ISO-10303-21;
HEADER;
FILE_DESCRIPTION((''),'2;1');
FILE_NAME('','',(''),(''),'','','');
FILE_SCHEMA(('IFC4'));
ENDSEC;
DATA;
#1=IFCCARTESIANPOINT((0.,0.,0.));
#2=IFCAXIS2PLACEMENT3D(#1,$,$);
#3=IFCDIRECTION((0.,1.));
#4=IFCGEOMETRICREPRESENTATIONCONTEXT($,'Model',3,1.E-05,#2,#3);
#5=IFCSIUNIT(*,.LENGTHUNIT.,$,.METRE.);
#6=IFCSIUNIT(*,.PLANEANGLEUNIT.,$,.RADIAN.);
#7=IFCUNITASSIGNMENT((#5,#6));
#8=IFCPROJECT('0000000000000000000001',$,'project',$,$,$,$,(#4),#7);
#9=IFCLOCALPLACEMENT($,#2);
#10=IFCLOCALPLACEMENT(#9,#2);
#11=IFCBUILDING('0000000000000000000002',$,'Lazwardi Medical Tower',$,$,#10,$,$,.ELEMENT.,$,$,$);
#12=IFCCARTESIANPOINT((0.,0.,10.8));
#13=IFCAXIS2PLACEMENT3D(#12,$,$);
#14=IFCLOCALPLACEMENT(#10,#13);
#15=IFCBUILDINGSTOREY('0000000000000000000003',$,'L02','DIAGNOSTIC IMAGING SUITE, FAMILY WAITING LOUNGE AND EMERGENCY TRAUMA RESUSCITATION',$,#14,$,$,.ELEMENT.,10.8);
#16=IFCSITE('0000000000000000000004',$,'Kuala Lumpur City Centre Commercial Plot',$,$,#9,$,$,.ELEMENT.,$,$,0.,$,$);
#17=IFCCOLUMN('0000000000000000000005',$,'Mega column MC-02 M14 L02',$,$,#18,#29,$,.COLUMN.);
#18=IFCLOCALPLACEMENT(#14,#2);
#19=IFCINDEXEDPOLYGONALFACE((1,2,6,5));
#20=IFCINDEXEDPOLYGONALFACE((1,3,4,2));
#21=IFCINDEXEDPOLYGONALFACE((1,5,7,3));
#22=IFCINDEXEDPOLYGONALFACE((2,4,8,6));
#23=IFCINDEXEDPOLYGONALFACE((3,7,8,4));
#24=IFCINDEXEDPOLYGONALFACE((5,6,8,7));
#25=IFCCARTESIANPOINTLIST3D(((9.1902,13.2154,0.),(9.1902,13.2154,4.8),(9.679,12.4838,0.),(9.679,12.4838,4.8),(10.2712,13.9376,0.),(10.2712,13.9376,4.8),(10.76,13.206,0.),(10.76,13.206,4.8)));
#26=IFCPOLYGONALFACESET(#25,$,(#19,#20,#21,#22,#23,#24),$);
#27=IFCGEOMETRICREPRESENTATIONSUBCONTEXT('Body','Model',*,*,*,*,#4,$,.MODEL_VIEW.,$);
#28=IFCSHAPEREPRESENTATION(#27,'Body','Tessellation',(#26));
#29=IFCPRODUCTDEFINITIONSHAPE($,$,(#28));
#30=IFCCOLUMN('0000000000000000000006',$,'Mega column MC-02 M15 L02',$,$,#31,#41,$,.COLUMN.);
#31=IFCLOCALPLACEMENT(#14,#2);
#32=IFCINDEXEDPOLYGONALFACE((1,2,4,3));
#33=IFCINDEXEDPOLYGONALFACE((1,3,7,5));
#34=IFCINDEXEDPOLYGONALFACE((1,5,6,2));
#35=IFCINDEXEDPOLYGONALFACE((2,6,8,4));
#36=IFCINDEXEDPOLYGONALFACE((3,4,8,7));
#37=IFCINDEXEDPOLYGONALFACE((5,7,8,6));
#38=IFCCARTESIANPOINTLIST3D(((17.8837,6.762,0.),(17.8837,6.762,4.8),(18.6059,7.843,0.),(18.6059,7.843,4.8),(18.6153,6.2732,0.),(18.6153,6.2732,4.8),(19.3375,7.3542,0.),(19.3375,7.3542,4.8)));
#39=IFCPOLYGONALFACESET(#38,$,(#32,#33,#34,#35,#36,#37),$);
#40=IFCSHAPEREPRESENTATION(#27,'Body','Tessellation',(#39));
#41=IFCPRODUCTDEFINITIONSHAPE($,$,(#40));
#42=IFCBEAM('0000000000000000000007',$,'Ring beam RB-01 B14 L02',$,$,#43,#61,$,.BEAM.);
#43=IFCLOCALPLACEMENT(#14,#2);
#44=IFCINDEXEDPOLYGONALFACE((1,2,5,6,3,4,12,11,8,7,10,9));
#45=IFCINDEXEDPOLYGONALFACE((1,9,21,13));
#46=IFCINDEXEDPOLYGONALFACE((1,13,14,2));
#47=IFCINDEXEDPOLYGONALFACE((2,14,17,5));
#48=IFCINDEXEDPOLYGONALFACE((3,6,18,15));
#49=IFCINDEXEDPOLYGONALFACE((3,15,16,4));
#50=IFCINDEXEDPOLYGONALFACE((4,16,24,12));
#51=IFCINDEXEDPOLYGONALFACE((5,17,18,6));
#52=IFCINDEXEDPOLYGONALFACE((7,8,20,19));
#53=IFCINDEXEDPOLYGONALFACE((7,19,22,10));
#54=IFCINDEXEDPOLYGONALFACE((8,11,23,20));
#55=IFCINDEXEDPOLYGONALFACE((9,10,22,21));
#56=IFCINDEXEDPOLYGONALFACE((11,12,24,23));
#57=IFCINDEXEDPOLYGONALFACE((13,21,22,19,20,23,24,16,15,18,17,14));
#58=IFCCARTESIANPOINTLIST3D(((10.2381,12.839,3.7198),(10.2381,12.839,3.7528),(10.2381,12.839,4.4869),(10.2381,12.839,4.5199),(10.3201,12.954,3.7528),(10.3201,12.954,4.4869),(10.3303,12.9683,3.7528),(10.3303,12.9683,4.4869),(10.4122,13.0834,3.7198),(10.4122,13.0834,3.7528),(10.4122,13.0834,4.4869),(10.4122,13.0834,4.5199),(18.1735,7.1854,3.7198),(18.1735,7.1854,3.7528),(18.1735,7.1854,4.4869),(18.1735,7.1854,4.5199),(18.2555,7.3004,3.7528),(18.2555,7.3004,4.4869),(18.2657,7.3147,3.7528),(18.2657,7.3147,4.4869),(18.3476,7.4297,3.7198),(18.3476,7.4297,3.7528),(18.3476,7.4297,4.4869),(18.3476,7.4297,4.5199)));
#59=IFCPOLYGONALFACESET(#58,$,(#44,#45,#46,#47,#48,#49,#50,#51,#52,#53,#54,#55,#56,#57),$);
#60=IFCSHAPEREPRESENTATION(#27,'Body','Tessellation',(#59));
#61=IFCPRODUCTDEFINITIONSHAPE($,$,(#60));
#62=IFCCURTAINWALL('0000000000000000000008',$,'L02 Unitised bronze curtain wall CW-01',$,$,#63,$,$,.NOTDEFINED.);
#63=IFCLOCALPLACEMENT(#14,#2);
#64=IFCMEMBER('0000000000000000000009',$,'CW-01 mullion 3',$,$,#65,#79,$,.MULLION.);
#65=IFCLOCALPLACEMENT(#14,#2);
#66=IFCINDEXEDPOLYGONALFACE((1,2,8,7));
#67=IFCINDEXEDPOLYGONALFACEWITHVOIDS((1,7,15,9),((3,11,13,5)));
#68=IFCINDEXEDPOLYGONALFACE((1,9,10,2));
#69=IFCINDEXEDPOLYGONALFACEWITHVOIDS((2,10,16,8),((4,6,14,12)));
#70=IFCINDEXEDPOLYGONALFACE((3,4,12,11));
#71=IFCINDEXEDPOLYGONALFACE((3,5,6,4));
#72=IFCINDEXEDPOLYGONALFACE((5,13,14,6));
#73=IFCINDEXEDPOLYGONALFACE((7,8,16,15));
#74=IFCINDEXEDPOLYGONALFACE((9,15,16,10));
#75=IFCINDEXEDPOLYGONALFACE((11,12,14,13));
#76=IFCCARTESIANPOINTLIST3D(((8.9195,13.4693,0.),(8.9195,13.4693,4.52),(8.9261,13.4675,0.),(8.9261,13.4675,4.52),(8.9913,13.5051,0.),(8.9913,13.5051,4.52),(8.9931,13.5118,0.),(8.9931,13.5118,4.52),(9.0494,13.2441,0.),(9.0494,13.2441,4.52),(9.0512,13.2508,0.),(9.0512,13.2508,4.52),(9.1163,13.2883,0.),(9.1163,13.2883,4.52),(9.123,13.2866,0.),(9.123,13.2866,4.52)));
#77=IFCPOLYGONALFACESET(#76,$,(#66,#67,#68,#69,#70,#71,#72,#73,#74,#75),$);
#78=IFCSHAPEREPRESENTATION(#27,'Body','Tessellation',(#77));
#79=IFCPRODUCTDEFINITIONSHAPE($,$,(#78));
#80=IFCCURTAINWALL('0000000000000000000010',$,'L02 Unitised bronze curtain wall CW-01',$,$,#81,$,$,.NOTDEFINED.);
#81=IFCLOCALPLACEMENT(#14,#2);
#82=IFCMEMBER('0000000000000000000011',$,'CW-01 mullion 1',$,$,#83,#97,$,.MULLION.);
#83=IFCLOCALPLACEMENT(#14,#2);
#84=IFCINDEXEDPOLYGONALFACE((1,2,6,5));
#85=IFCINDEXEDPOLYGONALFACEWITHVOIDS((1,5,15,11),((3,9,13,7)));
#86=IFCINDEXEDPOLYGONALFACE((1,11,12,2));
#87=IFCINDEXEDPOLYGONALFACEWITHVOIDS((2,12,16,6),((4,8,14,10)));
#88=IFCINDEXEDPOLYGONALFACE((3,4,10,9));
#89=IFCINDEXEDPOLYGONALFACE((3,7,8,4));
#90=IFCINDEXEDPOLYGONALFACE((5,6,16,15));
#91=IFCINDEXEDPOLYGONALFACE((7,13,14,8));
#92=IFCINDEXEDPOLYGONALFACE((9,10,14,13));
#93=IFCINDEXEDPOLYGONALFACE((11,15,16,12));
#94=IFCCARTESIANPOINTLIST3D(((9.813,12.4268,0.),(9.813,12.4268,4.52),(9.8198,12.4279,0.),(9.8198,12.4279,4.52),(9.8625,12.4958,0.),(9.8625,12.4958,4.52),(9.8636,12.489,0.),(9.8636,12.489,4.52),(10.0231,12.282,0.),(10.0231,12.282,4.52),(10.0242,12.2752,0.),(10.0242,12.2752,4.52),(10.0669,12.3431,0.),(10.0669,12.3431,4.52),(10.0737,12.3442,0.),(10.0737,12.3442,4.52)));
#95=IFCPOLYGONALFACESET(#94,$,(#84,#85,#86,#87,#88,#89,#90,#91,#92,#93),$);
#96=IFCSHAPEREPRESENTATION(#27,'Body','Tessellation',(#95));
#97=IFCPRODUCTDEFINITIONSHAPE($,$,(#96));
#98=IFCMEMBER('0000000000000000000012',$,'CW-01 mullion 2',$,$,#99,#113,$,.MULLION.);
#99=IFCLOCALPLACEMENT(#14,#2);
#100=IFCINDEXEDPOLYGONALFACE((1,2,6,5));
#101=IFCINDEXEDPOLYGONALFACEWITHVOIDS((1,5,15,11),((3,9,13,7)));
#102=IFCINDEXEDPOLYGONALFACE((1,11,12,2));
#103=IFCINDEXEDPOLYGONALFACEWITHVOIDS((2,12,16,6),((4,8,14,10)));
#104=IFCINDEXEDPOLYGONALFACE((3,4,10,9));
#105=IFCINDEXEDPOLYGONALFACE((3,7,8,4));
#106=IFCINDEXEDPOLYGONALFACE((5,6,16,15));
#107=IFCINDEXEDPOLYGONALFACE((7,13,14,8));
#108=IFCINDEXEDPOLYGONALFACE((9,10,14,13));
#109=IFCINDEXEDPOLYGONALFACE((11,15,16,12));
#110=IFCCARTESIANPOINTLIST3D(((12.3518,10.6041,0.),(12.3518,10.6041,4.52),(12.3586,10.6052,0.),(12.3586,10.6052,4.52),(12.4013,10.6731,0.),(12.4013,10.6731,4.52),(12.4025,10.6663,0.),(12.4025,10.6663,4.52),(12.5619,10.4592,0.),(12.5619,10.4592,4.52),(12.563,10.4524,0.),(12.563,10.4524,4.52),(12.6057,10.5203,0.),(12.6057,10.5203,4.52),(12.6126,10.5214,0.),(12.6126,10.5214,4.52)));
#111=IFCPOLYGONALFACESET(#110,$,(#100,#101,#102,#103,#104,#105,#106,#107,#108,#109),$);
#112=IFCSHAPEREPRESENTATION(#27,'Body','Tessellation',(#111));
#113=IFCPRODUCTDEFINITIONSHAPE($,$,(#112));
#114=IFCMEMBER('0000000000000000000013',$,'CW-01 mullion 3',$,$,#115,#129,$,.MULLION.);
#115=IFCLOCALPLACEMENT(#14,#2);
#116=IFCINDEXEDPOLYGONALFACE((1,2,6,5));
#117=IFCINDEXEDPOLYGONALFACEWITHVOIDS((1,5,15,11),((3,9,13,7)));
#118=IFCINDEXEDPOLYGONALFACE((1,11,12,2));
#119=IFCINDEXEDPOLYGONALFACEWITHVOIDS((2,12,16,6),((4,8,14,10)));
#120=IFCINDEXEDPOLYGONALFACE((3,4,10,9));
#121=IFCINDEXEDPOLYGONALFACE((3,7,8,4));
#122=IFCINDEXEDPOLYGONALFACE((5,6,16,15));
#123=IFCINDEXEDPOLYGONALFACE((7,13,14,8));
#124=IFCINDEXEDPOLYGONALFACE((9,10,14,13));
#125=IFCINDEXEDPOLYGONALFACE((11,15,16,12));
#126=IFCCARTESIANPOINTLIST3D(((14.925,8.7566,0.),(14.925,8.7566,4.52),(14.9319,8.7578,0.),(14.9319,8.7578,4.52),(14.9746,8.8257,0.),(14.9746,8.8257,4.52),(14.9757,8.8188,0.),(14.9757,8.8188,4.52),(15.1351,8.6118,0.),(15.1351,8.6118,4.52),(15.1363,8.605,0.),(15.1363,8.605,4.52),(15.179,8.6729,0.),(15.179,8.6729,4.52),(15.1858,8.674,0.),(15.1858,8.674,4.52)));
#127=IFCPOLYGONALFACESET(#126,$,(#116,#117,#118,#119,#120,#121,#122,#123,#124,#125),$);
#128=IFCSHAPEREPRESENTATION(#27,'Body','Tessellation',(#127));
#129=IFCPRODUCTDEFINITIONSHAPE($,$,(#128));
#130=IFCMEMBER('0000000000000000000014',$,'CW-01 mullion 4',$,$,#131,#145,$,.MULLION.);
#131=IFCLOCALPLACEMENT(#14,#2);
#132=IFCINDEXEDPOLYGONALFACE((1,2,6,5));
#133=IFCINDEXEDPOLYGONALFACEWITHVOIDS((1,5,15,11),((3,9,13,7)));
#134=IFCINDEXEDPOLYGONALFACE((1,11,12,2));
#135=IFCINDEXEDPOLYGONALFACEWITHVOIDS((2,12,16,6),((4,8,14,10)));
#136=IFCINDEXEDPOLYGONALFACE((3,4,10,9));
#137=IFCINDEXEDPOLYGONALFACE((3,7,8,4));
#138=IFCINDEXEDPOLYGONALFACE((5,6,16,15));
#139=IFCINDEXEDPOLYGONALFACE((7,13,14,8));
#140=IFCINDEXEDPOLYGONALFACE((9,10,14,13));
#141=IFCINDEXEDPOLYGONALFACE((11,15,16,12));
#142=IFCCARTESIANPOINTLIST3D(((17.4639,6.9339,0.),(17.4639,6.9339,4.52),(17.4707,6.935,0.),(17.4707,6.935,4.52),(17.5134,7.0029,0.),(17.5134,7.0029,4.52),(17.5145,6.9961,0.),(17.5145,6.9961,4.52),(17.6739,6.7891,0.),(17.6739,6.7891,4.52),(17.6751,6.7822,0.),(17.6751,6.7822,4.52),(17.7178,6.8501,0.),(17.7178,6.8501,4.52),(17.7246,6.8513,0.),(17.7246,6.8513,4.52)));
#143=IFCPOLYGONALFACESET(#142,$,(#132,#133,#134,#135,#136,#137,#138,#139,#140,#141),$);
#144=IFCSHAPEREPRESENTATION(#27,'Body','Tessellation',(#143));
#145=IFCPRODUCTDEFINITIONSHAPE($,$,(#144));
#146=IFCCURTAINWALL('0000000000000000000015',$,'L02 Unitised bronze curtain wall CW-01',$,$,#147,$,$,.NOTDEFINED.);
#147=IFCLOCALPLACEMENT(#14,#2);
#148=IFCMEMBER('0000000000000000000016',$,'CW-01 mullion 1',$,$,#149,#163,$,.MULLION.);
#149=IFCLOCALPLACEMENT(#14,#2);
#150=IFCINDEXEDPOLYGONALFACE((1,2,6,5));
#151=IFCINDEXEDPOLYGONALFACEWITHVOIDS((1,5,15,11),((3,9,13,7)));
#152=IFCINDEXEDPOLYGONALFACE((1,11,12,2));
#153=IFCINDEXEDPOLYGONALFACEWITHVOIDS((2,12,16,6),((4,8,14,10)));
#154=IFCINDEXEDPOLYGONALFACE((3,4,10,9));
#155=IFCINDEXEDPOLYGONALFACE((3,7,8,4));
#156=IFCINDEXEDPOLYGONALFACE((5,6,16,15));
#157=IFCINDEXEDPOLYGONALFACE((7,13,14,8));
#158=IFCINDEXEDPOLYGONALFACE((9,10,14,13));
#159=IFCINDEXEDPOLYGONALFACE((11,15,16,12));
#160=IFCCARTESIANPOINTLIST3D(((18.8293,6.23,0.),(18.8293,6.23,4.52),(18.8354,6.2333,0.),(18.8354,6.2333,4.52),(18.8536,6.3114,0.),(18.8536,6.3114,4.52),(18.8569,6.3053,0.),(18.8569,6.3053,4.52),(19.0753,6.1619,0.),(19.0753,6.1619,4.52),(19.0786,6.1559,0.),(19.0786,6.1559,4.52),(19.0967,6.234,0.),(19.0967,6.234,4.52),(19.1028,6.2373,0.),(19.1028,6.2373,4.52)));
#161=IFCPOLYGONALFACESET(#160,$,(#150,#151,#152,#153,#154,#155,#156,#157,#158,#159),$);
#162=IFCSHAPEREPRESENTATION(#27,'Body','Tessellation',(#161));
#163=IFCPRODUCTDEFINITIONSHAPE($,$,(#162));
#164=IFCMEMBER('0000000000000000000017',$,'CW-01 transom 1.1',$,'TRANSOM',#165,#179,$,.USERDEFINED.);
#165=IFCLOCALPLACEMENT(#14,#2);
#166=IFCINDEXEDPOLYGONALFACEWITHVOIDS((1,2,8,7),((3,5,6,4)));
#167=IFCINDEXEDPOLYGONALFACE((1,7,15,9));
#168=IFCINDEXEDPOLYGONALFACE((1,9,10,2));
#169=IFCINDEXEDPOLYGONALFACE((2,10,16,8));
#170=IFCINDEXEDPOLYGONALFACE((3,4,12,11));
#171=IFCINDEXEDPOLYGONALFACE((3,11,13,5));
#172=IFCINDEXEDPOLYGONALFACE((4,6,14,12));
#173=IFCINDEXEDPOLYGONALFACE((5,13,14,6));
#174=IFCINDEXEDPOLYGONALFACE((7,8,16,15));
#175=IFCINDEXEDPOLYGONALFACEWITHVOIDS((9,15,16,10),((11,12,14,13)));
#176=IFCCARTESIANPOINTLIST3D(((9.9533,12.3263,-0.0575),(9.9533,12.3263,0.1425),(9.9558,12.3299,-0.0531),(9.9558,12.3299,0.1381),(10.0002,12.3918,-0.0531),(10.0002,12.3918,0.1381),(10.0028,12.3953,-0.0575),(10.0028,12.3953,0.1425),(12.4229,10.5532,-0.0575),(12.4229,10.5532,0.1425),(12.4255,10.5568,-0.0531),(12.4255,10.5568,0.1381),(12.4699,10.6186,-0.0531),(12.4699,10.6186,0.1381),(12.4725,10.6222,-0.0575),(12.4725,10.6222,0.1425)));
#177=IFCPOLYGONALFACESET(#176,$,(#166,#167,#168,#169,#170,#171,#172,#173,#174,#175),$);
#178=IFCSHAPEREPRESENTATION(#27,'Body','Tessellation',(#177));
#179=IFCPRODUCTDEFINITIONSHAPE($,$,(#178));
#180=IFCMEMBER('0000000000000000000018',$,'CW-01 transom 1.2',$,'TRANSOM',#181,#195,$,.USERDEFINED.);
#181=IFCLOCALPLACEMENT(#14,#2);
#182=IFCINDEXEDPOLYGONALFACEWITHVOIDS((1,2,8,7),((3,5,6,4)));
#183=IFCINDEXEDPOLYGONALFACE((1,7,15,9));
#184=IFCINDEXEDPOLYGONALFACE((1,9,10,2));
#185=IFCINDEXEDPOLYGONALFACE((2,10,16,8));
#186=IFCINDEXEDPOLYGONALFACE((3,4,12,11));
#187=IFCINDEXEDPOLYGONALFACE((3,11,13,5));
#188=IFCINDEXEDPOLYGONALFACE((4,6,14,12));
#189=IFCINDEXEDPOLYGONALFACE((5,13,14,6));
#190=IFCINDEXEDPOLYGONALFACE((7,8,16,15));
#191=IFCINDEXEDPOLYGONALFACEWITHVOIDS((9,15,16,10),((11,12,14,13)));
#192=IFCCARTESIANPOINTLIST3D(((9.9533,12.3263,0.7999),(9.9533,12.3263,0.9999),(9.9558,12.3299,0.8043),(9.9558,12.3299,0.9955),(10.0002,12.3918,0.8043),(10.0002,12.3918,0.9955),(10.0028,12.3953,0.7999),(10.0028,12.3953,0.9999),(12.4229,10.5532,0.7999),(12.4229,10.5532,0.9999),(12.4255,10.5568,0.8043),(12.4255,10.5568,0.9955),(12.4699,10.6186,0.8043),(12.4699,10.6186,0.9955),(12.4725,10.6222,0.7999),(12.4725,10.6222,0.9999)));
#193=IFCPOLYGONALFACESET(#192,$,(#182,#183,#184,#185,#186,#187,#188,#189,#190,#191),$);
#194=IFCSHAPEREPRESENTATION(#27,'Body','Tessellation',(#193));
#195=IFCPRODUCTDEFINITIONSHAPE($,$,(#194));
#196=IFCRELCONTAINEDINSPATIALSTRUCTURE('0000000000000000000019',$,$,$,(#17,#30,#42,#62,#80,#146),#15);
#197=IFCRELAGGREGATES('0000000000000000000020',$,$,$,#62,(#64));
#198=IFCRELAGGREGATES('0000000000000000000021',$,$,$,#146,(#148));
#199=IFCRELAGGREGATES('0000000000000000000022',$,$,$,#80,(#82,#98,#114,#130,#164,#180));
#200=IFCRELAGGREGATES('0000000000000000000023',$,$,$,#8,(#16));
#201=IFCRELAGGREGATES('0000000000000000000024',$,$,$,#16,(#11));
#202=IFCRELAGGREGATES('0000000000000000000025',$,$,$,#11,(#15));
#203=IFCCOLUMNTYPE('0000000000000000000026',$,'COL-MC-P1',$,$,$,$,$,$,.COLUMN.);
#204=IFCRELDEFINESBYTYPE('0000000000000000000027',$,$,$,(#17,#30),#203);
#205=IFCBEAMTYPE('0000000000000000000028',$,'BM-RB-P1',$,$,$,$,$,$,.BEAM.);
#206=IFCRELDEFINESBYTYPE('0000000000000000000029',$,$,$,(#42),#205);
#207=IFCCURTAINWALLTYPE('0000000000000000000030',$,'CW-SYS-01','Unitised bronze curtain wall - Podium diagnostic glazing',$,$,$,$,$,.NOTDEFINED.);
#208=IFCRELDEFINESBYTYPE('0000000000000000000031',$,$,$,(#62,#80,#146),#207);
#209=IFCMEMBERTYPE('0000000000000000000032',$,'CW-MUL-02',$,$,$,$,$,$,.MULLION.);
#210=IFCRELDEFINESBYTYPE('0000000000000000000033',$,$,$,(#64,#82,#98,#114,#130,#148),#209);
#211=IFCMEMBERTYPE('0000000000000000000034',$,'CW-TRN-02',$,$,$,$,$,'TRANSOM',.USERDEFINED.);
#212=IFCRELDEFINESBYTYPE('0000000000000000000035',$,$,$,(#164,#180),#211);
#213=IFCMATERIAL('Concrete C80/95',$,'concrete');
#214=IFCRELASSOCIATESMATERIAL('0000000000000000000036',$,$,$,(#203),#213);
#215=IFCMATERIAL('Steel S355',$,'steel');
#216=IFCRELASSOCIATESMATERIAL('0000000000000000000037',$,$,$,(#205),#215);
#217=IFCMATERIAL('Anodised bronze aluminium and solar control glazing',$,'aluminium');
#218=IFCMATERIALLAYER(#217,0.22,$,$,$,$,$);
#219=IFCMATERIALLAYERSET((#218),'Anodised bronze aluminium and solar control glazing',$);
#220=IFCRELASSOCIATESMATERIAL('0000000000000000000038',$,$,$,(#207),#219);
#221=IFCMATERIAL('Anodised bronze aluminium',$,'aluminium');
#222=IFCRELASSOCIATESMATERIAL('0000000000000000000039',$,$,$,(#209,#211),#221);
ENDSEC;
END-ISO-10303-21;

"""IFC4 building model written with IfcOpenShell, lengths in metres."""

from ifc_helpers import new_model, si_unit, direction, frame, origin, origin_2d, place, context, subcontext, project, spatial, rectangle, hollow_rectangle, i_section, extrude, material, layer, layer_set, material_profile, profile_set, type_object, element, aggregate, save


model = new_model("IFC4")

# Units and contexts
model_context = context("Model", 3, precision=1e-05, world=origin(), true_north=direction((0.0, 1.0)))
body_context = subcontext(model_context, "Body", "Model", "MODEL_VIEW")
ifc_project = project(units=[si_unit("LENGTHUNIT", "METRE"), si_unit("PLANEANGLEUNIT", "RADIAN")], contexts=[model_context])

# Site, building, storey
site_placement = place(None, origin())
site = spatial("IfcSite", under=ifc_project, at=site_placement, Name="Kuala Lumpur City Centre Commercial Plot", CompositionType="ELEMENT", RefElevation=0.0)
building_placement = place(site_placement, origin())
building = spatial("IfcBuilding", under=site, at=building_placement, Name="Lazwardi Medical Tower", CompositionType="ELEMENT")
storey_placement = place(building_placement, frame((0.0, 0.0, 10.8)))
storey = spatial("IfcBuildingStorey", under=building, at=storey_placement, Name="L02", Description="DIAGNOSTIC IMAGING SUITE, FAMILY WAITING LOUNGE AND EMERGENCY TRAUMA RESUSCITATION", CompositionType="ELEMENT", Elevation=10.8)

# Columns
ifc_material_1 = material(Name="Concrete C80/95", Category="concrete")
ifc_material_profile_1 = material_profile(ifc_material_1, rectangle(XDim=1.3, YDim=0.8799, at=origin_2d()), Name="CFT-RECT 1300x880")
ifc_profile_set_1 = profile_set([ifc_material_profile_1], Name="Concrete C80/95")
column_type = type_object("IfcColumnType", Name="COL-MC-P1", PredefinedType="COLUMN", material=ifc_profile_set_1)
for number, where, z_axis, x_axis, name in (
    (1, (9.9751, 13.2107, 0.0), (0.0, 0.0, 1.0), (-0.83147, -0.55557, 0.0), "Mega column MC-02 M14 L02"),
    (2, (18.6106, 7.0581, 0.0), (0.0, 0.0, 1.0), (-0.55557, -0.83147, 0.0), "Mega column MC-02 M15 L02"),
):
    element("IfcColumn", number, at=place(storey_placement, frame(where, z_axis=z_axis, x_axis=x_axis)), inside=storey, type_object=column_type, Name=name, PredefinedType="COLUMN", context=body_context, shape_type="SweptSolid", body=[
        extrude(rectangle(XDim=1.3, YDim=0.8799, at=origin_2d()), origin(), (0.0, 0.0, 1.0), 4.8),
    ])

# Beam
ifc_material_2 = material(Name="Steel S355", Category="steel")
ifc_material_profile_2 = material_profile(ifc_material_2, i_section(OverallWidth=0.3, OverallDepth=0.8, WebThickness=0.0176, FlangeThickness=0.033, at=origin_2d()), Name="HEB 800")
ifc_profile_set_2 = profile_set([ifc_material_profile_2], Name="Steel S355")
beam_type = type_object("IfcBeamType", Name="BM-RB-P1", PredefinedType="BEAM", material=ifc_profile_set_2)
beam_placement = place(storey_placement, frame((10.3252, 12.9612, 4.1199), z_axis=(0.814437, -0.580252, 0.0), x_axis=(0.580252, 0.814437, 0.0)))
element("IfcBeam", 3, at=beam_placement, inside=storey, type_object=beam_type, Name="Ring beam RB-01 B14 L02", PredefinedType="BEAM", context=body_context, shape_type="SweptSolid", body=[
    extrude(i_section(OverallWidth=0.3, OverallDepth=0.8, WebThickness=0.0176, FlangeThickness=0.033, at=origin_2d()), origin(), (0.0, 0.0, 1.0), 9.7434),
])

# Curtain wall, member
ifc_material_3 = material(Name="Anodised bronze aluminium and solar control glazing", Category="aluminium")
ifc_layer_1 = layer(ifc_material_3, 0.22)
ifc_layer_set_1 = layer_set([ifc_layer_1], Name="Anodised bronze aluminium and solar control glazing")
curtain_wall_type = type_object("IfcCurtainWallType", Name="CW-SYS-01", Description="Unitised bronze curtain wall - Podium diagnostic glazing", PredefinedType="NOTDEFINED", material=ifc_layer_set_1)
curtain_wall_1_placement = place(storey_placement, origin())
curtain_wall_1 = element("IfcCurtainWall", 4, at=curtain_wall_1_placement, inside=storey, type_object=curtain_wall_type, Name="L02 Unitised bronze curtain wall CW-01", PredefinedType="NOTDEFINED")
ifc_material_4 = material(Name="Anodised bronze aluminium", Category="aluminium")
ifc_material_profile_3 = material_profile(ifc_material_4, hollow_rectangle(XDim=0.085, YDim=0.26, WallThickness=0.0049, at=origin_2d()), Name="ALU-MULLION 260x85x5")
ifc_profile_set_3 = profile_set([ifc_material_profile_3], Name="Anodised bronze aluminium")
member_type_1 = type_object("IfcMemberType", Name="CW-MUL-02", PredefinedType="MULLION", material=ifc_profile_set_3)
member_1_placement = place(storey_placement, frame((9.0212, 13.3779, 0.0), z_axis=(0.0, 0.0, 1.0), x_axis=(0.866181, 0.499731, 0.0)))
member_1 = element("IfcMember", 5, at=member_1_placement, type_object=member_type_1, Name="CW-01 mullion 3", PredefinedType="MULLION", context=body_context, shape_type="SweptSolid", body=[
    extrude(hollow_rectangle(XDim=0.085, YDim=0.26, WallThickness=0.0049, at=origin_2d()), origin(), (0.0, 0.0, 1.0), 4.52),
])
aggregate(curtain_wall_1, [member_1])

# Curtain wall, members
curtain_wall_2_placement = place(storey_placement, origin())
curtain_wall_2 = element("IfcCurtainWall", 6, at=curtain_wall_2_placement, inside=storey, type_object=curtain_wall_type, Name="L02 Unitised bronze curtain wall CW-01", PredefinedType="NOTDEFINED")
member_2_placement = place(storey_placement, frame((9.9434, 12.3855, 0.0), z_axis=(0.0, 0.0, 1.0), x_axis=(0.583214, 0.812318, 0.0)))
member_2 = element("IfcMember", 7, at=member_2_placement, type_object=member_type_1, Name="CW-01 mullion 1", PredefinedType="MULLION", context=body_context, shape_type="SweptSolid", body=[
    extrude(hollow_rectangle(XDim=0.085, YDim=0.26, WallThickness=0.0049, at=origin_2d()), origin(), (0.0, 0.0, 1.0), 4.52),
])
member_3_placement = place(storey_placement, frame((12.4822, 10.5627, 0.0), z_axis=(0.0, 0.0, 1.0), x_axis=(0.583214, 0.812318, 0.0)))
member_3 = element("IfcMember", 8, at=member_3_placement, type_object=member_type_1, Name="CW-01 mullion 2", PredefinedType="MULLION", context=body_context, shape_type="SweptSolid", body=[
    extrude(hollow_rectangle(XDim=0.085, YDim=0.26, WallThickness=0.0049, at=origin_2d()), origin(), (0.0, 0.0, 1.0), 4.52),
])
member_4_placement = place(storey_placement, frame((15.0554, 8.7153, 0.0), z_axis=(0.0, 0.0, 1.0), x_axis=(0.583214, 0.812318, 0.0)))
member_4 = element("IfcMember", 9, at=member_4_placement, type_object=member_type_1, Name="CW-01 mullion 3", PredefinedType="MULLION", context=body_context, shape_type="SweptSolid", body=[
    extrude(hollow_rectangle(XDim=0.085, YDim=0.26, WallThickness=0.0049, at=origin_2d()), origin(), (0.0, 0.0, 1.0), 4.52),
])
member_5_placement = place(storey_placement, frame((17.5942, 6.8926, 0.0), z_axis=(0.0, 0.0, 1.0), x_axis=(0.583214, 0.812318, 0.0)))
member_5 = element("IfcMember", 10, at=member_5_placement, type_object=member_type_1, Name="CW-01 mullion 4", PredefinedType="MULLION", context=body_context, shape_type="SweptSolid", body=[
    extrude(hollow_rectangle(XDim=0.085, YDim=0.26, WallThickness=0.0049, at=origin_2d()), origin(), (0.0, 0.0, 1.0), 4.52),
])

# Curtain wall, member
curtain_wall_3_placement = place(storey_placement, origin())
curtain_wall_3 = element("IfcCurtainWall", 11, at=curtain_wall_3_placement, inside=storey, type_object=curtain_wall_type, Name="L02 Unitised bronze curtain wall CW-01", PredefinedType="NOTDEFINED")
member_6_placement = place(storey_placement, frame((18.9661, 6.2336, 0.0), z_axis=(0.0, 0.0, 1.0), x_axis=(0.285047, 0.958513, 0.0)))
member_6 = element("IfcMember", 12, at=member_6_placement, type_object=member_type_1, Name="CW-01 mullion 1", PredefinedType="MULLION", context=body_context, shape_type="SweptSolid", body=[
    extrude(hollow_rectangle(XDim=0.085, YDim=0.26, WallThickness=0.0049, at=origin_2d()), origin(), (0.0, 0.0, 1.0), 4.52),
])
aggregate(curtain_wall_3, [member_6])

# Members
ifc_material_profile_4 = material_profile(ifc_material_4, hollow_rectangle(XDim=0.085, YDim=0.2, WallThickness=0.0044, at=origin_2d()), Name="ALU-TRANSOM 200x85x4.5")
ifc_profile_set_4 = profile_set([ifc_material_profile_4], Name="Anodised bronze aluminium")
member_type_2 = type_object("IfcMemberType", Name="CW-TRN-02", ElementType="TRANSOM", PredefinedType="USERDEFINED", material=ifc_profile_set_4)
member_7_placement = place(storey_placement, frame((9.978, 12.3608, 0.0425), z_axis=(0.812315, -0.583219, 0.0), x_axis=(0.583219, 0.812315, 0.0)))
member_7 = element("IfcMember", 13, at=member_7_placement, type_object=member_type_2, Name="CW-01 transom 1.1", ObjectType="TRANSOM", PredefinedType="USERDEFINED", context=body_context, shape_type="SweptSolid", body=[
    extrude(hollow_rectangle(XDim=0.085, YDim=0.2, WallThickness=0.0044, at=origin_2d()), origin(), (0.0, 0.0, 1.0), 3.0403),
])
member_8_placement = place(storey_placement, frame((9.978, 12.3608, 0.8999), z_axis=(0.812315, -0.583219, 0.0), x_axis=(0.583219, 0.812315, 0.0)))
member_8 = element("IfcMember", 14, at=member_8_placement, type_object=member_type_2, Name="CW-01 transom 1.2", ObjectType="TRANSOM", PredefinedType="USERDEFINED", context=body_context, shape_type="SweptSolid", body=[
    extrude(hollow_rectangle(XDim=0.085, YDim=0.2, WallThickness=0.0044, at=origin_2d()), origin(), (0.0, 0.0, 1.0), 3.0403),
])

aggregate(curtain_wall_2, [member_2, member_3, member_4, member_5, member_7, member_8])

save(model, "model.ifc")
